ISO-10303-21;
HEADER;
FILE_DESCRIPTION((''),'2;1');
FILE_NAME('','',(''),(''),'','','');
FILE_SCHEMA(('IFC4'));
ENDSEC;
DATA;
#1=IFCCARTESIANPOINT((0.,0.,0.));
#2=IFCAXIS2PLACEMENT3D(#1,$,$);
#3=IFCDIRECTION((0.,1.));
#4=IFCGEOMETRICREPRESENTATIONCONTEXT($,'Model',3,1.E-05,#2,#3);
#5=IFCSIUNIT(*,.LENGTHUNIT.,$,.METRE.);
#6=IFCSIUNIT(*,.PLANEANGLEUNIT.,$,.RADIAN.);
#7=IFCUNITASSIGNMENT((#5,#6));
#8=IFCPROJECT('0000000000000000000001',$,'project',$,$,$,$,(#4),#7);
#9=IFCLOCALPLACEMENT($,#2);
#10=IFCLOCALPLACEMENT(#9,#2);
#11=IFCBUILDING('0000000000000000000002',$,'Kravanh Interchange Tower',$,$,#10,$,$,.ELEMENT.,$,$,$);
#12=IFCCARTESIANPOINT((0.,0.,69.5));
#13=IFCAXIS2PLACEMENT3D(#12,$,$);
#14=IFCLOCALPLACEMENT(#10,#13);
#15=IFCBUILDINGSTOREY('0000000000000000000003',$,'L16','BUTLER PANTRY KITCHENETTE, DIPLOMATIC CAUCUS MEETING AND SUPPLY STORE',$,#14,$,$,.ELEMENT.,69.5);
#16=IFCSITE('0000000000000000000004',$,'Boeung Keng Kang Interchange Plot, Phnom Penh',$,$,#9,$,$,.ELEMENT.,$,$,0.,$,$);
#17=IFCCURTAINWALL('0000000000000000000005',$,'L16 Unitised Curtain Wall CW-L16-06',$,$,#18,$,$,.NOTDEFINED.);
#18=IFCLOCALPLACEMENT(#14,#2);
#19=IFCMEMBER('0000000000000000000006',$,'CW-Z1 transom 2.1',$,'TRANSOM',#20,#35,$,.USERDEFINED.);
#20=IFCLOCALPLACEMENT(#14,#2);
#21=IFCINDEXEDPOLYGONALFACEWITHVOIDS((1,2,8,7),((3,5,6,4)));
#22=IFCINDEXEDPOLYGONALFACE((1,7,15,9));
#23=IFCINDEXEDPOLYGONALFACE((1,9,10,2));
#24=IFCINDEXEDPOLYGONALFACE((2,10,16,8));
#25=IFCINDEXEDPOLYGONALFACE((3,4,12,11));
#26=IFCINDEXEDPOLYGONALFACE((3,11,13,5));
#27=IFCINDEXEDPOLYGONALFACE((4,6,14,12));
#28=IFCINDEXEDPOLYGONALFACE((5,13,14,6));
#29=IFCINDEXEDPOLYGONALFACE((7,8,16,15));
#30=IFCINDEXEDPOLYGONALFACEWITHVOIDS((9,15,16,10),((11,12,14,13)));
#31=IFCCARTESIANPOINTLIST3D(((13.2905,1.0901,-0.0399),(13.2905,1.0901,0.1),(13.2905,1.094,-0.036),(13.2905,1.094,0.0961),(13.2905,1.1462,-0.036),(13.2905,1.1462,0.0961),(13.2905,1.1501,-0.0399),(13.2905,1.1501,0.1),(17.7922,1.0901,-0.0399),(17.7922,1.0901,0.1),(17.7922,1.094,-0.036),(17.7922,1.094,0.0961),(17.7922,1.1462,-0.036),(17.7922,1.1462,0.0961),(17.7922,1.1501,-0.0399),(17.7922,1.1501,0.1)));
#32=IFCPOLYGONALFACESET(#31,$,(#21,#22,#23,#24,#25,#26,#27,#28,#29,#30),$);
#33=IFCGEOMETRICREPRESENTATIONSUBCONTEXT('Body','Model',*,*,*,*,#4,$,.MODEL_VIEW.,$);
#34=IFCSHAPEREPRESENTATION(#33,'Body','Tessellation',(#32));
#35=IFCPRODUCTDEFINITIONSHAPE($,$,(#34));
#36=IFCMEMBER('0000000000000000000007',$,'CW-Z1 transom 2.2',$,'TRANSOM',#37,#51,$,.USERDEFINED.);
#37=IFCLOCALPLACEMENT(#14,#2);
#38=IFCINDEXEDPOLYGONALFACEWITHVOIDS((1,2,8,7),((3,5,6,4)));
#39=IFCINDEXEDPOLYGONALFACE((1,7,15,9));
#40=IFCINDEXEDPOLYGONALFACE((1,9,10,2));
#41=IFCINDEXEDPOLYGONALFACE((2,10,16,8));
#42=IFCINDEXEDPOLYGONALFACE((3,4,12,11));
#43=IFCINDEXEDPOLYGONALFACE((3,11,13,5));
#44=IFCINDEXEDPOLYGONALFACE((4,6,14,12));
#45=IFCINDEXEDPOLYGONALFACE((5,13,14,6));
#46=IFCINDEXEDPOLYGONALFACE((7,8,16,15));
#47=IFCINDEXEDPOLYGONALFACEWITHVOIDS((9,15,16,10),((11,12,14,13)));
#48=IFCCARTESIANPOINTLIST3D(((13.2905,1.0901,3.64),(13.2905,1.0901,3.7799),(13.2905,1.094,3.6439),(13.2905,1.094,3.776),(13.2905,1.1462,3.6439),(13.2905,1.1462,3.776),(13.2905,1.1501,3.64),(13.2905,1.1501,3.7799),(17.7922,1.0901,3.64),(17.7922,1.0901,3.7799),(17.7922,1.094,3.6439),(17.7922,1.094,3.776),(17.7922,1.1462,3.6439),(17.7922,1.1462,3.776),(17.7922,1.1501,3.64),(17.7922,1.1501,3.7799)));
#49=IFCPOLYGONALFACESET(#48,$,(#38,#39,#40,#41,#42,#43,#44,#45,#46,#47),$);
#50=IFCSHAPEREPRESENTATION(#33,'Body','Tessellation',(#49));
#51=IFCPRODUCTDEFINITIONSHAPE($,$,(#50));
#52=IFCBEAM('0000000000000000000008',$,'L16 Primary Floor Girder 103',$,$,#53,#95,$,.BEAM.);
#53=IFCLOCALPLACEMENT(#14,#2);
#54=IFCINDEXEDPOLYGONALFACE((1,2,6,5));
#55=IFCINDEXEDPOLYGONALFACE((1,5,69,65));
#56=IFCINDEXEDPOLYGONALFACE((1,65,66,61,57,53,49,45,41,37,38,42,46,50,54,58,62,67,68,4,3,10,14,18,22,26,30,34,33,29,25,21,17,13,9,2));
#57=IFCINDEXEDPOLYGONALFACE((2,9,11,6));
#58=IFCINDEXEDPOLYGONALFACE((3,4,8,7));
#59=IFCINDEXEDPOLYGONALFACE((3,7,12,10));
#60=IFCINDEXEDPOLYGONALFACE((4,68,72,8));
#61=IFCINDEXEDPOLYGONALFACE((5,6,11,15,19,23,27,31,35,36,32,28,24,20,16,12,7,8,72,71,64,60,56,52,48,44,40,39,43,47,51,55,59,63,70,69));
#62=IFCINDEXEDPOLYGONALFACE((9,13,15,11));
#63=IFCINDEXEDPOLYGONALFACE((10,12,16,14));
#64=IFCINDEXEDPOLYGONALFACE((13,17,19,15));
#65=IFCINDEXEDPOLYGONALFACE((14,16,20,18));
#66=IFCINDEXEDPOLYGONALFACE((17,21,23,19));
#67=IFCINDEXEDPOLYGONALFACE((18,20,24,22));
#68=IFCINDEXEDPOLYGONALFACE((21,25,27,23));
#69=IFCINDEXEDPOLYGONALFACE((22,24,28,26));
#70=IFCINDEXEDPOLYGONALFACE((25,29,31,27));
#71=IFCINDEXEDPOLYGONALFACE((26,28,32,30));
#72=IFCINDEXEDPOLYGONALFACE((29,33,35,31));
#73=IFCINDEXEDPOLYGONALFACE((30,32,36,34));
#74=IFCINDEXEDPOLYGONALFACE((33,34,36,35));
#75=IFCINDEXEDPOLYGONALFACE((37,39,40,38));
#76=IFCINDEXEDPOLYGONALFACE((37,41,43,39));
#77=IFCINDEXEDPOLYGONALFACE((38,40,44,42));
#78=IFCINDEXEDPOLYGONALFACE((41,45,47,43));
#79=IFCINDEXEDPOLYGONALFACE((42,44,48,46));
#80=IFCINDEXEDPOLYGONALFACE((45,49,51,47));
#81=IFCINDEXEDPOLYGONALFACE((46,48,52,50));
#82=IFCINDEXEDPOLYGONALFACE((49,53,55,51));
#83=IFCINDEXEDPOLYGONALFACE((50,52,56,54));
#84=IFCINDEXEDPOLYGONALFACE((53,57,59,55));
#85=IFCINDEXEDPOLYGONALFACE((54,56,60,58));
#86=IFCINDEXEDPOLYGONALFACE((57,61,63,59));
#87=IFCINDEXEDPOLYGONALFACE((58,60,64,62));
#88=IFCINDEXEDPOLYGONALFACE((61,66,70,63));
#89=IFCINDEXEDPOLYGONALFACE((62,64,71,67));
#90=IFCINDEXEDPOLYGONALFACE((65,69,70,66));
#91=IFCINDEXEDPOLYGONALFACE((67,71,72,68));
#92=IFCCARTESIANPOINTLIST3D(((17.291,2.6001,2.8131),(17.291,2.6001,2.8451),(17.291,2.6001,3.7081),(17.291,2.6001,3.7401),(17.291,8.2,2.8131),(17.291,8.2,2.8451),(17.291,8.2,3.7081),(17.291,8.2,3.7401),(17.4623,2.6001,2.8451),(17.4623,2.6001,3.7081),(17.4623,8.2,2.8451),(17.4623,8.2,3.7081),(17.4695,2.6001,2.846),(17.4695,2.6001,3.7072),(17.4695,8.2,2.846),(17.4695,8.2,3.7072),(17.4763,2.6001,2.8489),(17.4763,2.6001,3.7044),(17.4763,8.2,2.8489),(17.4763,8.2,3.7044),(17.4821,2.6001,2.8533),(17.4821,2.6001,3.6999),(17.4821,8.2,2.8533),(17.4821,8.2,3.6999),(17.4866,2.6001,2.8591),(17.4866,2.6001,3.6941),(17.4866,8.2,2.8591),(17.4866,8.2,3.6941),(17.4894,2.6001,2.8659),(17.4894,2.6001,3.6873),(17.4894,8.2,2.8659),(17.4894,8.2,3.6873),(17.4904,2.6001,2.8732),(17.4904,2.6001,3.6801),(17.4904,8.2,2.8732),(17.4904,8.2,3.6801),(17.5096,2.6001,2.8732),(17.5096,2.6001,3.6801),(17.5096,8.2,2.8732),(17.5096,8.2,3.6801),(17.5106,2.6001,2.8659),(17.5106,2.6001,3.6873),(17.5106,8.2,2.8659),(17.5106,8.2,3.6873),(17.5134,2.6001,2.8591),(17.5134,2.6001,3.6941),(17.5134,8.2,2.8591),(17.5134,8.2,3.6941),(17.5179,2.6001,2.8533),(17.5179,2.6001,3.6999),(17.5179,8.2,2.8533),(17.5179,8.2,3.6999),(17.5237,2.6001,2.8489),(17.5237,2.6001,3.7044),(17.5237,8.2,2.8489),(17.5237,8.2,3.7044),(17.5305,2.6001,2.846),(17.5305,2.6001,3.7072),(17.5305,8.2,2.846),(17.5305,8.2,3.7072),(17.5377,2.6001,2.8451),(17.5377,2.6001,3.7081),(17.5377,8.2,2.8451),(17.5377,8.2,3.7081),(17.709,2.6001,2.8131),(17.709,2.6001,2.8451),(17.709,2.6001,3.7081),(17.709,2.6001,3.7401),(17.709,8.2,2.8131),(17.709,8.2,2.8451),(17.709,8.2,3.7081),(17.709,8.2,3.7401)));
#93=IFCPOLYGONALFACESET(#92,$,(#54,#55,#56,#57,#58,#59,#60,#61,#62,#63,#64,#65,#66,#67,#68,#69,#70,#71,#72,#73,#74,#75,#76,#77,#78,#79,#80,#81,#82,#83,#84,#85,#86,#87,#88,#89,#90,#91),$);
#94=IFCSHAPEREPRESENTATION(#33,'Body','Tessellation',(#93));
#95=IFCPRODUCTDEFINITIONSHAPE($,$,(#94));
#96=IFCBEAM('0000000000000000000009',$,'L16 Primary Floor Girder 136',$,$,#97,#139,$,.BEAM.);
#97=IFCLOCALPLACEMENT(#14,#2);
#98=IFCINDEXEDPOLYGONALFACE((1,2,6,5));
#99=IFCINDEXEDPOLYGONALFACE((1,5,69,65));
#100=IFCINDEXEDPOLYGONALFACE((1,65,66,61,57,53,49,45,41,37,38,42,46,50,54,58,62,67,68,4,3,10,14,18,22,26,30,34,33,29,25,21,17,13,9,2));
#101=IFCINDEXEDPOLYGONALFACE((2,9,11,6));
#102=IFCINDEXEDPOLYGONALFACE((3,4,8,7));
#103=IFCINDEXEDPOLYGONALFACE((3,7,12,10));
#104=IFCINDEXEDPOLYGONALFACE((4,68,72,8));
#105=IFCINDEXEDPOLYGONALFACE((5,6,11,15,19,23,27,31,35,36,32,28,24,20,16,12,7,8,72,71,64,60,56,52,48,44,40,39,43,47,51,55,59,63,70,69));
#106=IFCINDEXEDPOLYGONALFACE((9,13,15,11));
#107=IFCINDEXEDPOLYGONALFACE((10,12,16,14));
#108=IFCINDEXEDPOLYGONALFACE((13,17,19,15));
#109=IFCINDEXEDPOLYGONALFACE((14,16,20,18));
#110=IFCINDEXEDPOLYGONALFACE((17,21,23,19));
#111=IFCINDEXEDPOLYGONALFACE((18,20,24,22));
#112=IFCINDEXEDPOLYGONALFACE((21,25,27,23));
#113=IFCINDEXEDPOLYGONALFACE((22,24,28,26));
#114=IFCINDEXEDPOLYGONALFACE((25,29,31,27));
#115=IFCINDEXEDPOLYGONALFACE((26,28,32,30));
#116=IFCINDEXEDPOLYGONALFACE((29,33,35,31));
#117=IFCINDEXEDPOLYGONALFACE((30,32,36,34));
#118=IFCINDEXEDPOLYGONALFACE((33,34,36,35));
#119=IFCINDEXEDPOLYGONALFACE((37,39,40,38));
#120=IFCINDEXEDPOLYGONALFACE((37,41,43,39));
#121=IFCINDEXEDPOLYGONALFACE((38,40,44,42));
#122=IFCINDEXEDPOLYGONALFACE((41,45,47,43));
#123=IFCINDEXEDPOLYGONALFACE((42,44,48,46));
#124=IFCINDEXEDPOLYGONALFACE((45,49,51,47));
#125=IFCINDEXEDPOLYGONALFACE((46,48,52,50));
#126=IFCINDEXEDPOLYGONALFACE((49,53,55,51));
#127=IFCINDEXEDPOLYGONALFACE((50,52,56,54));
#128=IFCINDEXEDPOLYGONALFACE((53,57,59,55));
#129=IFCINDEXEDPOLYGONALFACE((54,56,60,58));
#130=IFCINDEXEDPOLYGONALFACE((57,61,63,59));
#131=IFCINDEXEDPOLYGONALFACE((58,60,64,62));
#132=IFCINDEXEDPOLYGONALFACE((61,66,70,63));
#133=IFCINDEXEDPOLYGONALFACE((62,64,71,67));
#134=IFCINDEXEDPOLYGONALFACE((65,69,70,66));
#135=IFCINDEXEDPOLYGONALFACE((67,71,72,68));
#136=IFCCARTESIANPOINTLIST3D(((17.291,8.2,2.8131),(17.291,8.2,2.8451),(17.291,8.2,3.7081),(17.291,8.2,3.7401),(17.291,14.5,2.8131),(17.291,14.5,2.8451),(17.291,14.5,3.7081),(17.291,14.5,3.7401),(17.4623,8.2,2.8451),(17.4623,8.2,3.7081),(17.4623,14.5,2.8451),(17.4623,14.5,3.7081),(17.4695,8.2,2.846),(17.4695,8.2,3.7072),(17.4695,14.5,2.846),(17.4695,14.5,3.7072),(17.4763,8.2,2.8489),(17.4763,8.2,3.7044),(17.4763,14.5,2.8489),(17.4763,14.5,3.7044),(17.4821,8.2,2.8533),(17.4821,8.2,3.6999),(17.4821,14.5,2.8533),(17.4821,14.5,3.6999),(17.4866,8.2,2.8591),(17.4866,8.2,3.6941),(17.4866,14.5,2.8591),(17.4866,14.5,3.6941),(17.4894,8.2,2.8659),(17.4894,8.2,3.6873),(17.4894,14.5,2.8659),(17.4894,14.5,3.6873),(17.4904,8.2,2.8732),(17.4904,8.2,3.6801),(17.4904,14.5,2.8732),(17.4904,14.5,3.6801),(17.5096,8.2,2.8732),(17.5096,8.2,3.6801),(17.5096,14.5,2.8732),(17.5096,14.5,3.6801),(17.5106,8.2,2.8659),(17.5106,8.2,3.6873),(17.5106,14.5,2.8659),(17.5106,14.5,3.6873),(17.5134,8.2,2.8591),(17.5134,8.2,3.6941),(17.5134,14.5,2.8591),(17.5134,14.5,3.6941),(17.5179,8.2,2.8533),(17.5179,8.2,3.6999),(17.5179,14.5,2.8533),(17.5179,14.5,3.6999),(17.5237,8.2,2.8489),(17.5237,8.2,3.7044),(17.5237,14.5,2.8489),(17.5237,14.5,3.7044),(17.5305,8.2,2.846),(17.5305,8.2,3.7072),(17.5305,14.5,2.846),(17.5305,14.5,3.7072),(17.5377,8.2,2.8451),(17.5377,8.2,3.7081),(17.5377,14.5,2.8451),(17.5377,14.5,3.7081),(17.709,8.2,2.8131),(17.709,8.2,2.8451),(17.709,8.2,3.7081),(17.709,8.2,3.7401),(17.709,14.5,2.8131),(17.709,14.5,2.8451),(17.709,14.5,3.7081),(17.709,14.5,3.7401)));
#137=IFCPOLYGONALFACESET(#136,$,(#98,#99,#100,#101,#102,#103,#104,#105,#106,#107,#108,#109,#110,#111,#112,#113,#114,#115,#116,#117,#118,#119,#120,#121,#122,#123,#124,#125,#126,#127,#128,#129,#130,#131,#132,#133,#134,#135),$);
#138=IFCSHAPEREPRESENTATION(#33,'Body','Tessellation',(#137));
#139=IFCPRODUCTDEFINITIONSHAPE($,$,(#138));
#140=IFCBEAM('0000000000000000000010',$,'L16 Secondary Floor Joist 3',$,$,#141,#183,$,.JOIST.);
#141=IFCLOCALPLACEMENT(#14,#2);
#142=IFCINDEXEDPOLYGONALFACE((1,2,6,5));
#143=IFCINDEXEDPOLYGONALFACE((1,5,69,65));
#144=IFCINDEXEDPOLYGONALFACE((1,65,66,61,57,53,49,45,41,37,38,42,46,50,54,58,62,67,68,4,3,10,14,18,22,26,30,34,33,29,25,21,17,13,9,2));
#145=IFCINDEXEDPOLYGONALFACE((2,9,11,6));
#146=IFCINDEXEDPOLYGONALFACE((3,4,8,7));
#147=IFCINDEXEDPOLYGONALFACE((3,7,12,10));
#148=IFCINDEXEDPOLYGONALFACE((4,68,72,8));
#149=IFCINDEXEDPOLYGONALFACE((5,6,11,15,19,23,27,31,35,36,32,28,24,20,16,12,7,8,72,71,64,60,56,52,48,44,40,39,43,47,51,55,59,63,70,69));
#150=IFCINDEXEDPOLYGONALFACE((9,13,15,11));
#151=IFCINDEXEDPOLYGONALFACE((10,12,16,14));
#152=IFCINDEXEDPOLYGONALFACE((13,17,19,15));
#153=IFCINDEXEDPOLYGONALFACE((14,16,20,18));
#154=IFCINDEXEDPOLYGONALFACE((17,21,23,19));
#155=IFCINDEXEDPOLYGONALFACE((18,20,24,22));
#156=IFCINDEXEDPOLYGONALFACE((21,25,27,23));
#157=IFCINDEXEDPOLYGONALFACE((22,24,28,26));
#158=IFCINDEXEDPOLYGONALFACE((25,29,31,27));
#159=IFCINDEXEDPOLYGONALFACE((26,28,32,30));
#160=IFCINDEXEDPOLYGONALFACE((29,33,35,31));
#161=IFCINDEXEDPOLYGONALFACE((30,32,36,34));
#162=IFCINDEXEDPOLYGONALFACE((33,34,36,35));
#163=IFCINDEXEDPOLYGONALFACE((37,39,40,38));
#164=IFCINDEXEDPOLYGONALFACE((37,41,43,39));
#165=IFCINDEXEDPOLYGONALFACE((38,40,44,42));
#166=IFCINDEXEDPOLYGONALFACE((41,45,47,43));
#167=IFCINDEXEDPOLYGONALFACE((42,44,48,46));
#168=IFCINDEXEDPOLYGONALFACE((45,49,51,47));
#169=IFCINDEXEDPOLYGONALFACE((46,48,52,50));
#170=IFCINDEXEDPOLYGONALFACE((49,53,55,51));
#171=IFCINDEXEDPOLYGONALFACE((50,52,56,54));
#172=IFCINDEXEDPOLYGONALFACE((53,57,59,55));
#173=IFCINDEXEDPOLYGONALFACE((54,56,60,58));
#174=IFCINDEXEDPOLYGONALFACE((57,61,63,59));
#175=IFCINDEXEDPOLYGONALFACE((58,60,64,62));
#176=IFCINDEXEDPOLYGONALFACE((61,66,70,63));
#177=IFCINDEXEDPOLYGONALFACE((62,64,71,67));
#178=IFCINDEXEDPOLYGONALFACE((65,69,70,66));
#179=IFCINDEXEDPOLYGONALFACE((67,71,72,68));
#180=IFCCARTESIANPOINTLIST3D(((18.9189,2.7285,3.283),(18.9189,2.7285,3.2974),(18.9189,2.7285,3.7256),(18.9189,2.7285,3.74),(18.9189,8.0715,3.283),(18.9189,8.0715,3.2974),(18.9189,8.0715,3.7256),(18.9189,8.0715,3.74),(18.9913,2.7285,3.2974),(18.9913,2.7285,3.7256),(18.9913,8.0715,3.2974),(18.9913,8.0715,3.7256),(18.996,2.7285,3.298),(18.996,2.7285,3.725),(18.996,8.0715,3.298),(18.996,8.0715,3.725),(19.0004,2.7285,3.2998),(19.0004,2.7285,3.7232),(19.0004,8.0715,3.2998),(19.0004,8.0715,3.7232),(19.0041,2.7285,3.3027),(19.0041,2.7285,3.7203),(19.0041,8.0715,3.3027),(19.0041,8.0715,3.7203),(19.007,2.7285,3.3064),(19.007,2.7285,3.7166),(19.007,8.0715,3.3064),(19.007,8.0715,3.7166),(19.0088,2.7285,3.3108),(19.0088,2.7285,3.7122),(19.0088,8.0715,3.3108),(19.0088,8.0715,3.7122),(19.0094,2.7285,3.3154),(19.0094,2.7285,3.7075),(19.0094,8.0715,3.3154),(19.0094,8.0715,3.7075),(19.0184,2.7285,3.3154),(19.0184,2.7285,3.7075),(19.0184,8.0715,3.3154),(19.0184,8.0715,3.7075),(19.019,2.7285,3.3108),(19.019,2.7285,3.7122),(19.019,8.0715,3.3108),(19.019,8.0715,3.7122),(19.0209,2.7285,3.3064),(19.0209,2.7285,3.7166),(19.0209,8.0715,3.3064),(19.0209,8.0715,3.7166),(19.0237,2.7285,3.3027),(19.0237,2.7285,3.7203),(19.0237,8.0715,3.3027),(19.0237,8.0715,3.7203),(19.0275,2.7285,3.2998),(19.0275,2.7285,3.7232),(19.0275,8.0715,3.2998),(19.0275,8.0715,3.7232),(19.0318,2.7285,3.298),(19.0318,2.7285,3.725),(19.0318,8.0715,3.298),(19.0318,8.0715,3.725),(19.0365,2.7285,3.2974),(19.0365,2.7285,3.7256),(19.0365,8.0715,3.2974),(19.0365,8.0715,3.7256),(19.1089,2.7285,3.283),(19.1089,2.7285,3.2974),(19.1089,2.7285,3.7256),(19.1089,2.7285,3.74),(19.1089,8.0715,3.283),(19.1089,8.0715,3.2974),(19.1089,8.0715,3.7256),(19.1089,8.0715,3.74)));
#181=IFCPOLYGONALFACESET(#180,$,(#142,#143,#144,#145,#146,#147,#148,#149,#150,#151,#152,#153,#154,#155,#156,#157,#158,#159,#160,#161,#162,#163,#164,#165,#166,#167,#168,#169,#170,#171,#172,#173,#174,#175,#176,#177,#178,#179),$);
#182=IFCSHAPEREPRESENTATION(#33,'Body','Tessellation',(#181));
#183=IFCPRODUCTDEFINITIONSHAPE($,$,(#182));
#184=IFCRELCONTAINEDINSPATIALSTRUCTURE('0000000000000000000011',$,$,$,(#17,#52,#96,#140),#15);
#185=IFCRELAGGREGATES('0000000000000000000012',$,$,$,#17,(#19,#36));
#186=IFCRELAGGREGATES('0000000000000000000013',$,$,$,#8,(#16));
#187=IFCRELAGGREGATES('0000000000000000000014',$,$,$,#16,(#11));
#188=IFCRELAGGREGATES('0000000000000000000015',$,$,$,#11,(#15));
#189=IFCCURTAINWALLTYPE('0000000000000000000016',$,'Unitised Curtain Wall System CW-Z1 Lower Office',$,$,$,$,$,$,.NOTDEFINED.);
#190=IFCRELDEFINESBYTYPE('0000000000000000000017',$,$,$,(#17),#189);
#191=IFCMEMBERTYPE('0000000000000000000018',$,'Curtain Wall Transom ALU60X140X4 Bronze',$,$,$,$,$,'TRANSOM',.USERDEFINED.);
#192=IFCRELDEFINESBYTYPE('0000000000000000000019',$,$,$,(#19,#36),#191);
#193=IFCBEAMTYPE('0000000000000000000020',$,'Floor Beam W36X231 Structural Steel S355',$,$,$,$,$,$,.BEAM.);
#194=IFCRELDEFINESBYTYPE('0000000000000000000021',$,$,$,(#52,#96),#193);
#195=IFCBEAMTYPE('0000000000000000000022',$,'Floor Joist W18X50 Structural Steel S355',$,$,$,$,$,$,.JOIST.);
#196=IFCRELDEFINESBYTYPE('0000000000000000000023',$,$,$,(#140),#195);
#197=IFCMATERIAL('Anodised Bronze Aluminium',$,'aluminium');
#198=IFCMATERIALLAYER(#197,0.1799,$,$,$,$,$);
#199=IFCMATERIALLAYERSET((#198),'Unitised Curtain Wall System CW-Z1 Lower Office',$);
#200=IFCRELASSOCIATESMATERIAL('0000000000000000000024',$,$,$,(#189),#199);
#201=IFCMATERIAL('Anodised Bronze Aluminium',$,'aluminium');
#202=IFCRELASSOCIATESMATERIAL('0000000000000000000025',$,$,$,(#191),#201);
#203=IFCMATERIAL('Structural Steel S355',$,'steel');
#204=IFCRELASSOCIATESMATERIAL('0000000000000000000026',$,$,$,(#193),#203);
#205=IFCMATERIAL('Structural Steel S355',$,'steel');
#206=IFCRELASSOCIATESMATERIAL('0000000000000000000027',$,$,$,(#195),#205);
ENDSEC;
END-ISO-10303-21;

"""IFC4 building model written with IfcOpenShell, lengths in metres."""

from ifc_helpers import new_model, si_unit, direction, frame, origin, origin_2d, place, context, subcontext, project, spatial, hollow_rectangle, i_section, extrude, material, layer, layer_set, material_profile, profile_set, type_object, element, aggregate, save


model = new_model("IFC4")

# Units and contexts
model_context = context("Model", 3, precision=1e-05, world=origin(), true_north=direction((0.0, 1.0)))
body_context = subcontext(model_context, "Body", "Model", "MODEL_VIEW")
ifc_project = project(units=[si_unit("LENGTHUNIT", "METRE"), si_unit("PLANEANGLEUNIT", "RADIAN")], contexts=[model_context])

# Site, building, storey
site_placement = place(None, origin())
site = spatial("IfcSite", under=ifc_project, at=site_placement, Name="Boeung Keng Kang Interchange Plot, Phnom Penh", CompositionType="ELEMENT", RefElevation=0.0)
building_placement = place(site_placement, origin())
building = spatial("IfcBuilding", under=site, at=building_placement, Name="Kravanh Interchange Tower", CompositionType="ELEMENT")
storey_placement = place(building_placement, frame((0.0, 0.0, 69.5)))
storey = spatial("IfcBuildingStorey", under=building, at=storey_placement, Name="L16", Description="BUTLER PANTRY KITCHENETTE, DIPLOMATIC CAUCUS MEETING AND SUPPLY STORE", CompositionType="ELEMENT", Elevation=69.5)

# Curtain wall, members
ifc_material_1 = material(Name="Anodised Bronze Aluminium", Category="aluminium")
ifc_layer_1 = layer(ifc_material_1, 0.1799)
ifc_layer_set_1 = layer_set([ifc_layer_1], Name="Unitised Curtain Wall System CW-Z1 Lower Office")
curtain_wall_type = type_object("IfcCurtainWallType", Name="Unitised Curtain Wall System CW-Z1 Lower Office", PredefinedType="NOTDEFINED", material=ifc_layer_set_1)
curtain_wall_placement = place(storey_placement, origin())
curtain_wall = element("IfcCurtainWall", 1, at=curtain_wall_placement, inside=storey, type_object=curtain_wall_type, Name="L16 Unitised Curtain Wall CW-L16-06", PredefinedType="NOTDEFINED")
ifc_material_2 = material(Name="Anodised Bronze Aluminium", Category="aluminium")
ifc_material_profile_1 = material_profile(ifc_material_2, hollow_rectangle(XDim=0.0601, YDim=0.1399, WallThickness=0.0039, at=origin_2d()), Name="ALU60X140X4")
ifc_profile_set_1 = profile_set([ifc_material_profile_1], Name="Anodised Bronze Aluminium")
member_type_1 = type_object("IfcMemberType", Name="Curtain Wall Transom ALU60X140X4 Bronze", ElementType="TRANSOM", PredefinedType="USERDEFINED", material=ifc_profile_set_1)
member_1_placement = place(storey_placement, frame((17.7922, 1.1201, 0.03), z_axis=(-1.0, 0.0, 0.0), x_axis=(0.0, -1.0, 0.0)))
member_1 = element("IfcMember", 2, at=member_1_placement, type_object=member_type_1, Name="CW-Z1 transom 2.1", ObjectType="TRANSOM", PredefinedType="USERDEFINED", context=body_context, shape_type="SweptSolid", body=[
    extrude(hollow_rectangle(XDim=0.0601, YDim=0.1399, WallThickness=0.0039, at=origin_2d()), origin(), (0.0, 0.0, 1.0), 4.5017),
])
member_2_placement = place(storey_placement, frame((17.7922, 1.1201, 3.71), z_axis=(-1.0, 0.0, 0.0), x_axis=(0.0, -1.0, 0.0)))
member_2 = element("IfcMember", 3, at=member_2_placement, type_object=member_type_1, Name="CW-Z1 transom 2.2", ObjectType="TRANSOM", PredefinedType="USERDEFINED", context=body_context, shape_type="SweptSolid", body=[
    extrude(hollow_rectangle(XDim=0.0601, YDim=0.1399, WallThickness=0.0039, at=origin_2d()), origin(), (0.0, 0.0, 1.0), 4.5017),
])

# Beams
ifc_material_3 = material(Name="Structural Steel S355", Category="steel")
ifc_material_profile_2 = material_profile(ifc_material_3, i_section(OverallWidth=0.418, OverallDepth=0.927, WebThickness=0.0193, FlangeThickness=0.032, FilletRadius=0.0281, at=origin_2d()), Name="W36X231")
ifc_profile_set_2 = profile_set([ifc_material_profile_2], Name="Structural Steel S355")
beam_type_1 = type_object("IfcBeamType", Name="Floor Beam W36X231 Structural Steel S355", PredefinedType="BEAM", material=ifc_profile_set_2)
beam_1_placement = place(storey_placement, frame((17.5, 2.6001, 3.2766), z_axis=(0.0, 1.0, 0.0), x_axis=(-1.0, 0.0, 0.0)))
element("IfcBeam", 4, at=beam_1_placement, inside=storey, type_object=beam_type_1, Name="L16 Primary Floor Girder 103", PredefinedType="BEAM", context=body_context, shape_type="SweptSolid", body=[
    extrude(i_section(OverallWidth=0.418, OverallDepth=0.927, WebThickness=0.0193, FlangeThickness=0.032, FilletRadius=0.0281, at=origin_2d()), origin(), (0.0, 0.0, 1.0), 5.5999),
])
beam_2_placement = place(storey_placement, frame((17.5, 8.2, 3.2766), z_axis=(0.0, 1.0, 0.0), x_axis=(-1.0, 0.0, 0.0)))
element("IfcBeam", 5, at=beam_2_placement, inside=storey, type_object=beam_type_1, Name="L16 Primary Floor Girder 136", PredefinedType="BEAM", context=body_context, shape_type="SweptSolid", body=[
    extrude(i_section(OverallWidth=0.418, OverallDepth=0.927, WebThickness=0.0193, FlangeThickness=0.032, FilletRadius=0.0281, at=origin_2d()), origin(), (0.0, 0.0, 1.0), 6.3),
])
ifc_material_4 = material(Name="Structural Steel S355", Category="steel")
ifc_material_profile_3 = material_profile(ifc_material_4, i_section(OverallWidth=0.1899, OverallDepth=0.457, WebThickness=0.009, FlangeThickness=0.0144, FilletRadius=0.0181, at=origin_2d()), Name="W18X50")
ifc_profile_set_3 = profile_set([ifc_material_profile_3], Name="Structural Steel S355")
beam_type_2 = type_object("IfcBeamType", Name="Floor Joist W18X50 Structural Steel S355", PredefinedType="JOIST", material=ifc_profile_set_3)
beam_3_placement = place(storey_placement, frame((19.0139, 2.7285, 3.5115), z_axis=(0.0, 1.0, 0.0), x_axis=(-1.0, 0.0, 0.0)))
element("IfcBeam", 6, at=beam_3_placement, inside=storey, type_object=beam_type_2, Name="L16 Secondary Floor Joist 3", PredefinedType="JOIST", context=body_context, shape_type="SweptSolid", body=[
    extrude(i_section(OverallWidth=0.1899, OverallDepth=0.457, WebThickness=0.009, FlangeThickness=0.0144, FilletRadius=0.0181, at=origin_2d()), origin(), (0.0, 0.0, 1.0), 5.343),
])

aggregate(curtain_wall, [member_1, member_2])

save(model, "model.ifc")
